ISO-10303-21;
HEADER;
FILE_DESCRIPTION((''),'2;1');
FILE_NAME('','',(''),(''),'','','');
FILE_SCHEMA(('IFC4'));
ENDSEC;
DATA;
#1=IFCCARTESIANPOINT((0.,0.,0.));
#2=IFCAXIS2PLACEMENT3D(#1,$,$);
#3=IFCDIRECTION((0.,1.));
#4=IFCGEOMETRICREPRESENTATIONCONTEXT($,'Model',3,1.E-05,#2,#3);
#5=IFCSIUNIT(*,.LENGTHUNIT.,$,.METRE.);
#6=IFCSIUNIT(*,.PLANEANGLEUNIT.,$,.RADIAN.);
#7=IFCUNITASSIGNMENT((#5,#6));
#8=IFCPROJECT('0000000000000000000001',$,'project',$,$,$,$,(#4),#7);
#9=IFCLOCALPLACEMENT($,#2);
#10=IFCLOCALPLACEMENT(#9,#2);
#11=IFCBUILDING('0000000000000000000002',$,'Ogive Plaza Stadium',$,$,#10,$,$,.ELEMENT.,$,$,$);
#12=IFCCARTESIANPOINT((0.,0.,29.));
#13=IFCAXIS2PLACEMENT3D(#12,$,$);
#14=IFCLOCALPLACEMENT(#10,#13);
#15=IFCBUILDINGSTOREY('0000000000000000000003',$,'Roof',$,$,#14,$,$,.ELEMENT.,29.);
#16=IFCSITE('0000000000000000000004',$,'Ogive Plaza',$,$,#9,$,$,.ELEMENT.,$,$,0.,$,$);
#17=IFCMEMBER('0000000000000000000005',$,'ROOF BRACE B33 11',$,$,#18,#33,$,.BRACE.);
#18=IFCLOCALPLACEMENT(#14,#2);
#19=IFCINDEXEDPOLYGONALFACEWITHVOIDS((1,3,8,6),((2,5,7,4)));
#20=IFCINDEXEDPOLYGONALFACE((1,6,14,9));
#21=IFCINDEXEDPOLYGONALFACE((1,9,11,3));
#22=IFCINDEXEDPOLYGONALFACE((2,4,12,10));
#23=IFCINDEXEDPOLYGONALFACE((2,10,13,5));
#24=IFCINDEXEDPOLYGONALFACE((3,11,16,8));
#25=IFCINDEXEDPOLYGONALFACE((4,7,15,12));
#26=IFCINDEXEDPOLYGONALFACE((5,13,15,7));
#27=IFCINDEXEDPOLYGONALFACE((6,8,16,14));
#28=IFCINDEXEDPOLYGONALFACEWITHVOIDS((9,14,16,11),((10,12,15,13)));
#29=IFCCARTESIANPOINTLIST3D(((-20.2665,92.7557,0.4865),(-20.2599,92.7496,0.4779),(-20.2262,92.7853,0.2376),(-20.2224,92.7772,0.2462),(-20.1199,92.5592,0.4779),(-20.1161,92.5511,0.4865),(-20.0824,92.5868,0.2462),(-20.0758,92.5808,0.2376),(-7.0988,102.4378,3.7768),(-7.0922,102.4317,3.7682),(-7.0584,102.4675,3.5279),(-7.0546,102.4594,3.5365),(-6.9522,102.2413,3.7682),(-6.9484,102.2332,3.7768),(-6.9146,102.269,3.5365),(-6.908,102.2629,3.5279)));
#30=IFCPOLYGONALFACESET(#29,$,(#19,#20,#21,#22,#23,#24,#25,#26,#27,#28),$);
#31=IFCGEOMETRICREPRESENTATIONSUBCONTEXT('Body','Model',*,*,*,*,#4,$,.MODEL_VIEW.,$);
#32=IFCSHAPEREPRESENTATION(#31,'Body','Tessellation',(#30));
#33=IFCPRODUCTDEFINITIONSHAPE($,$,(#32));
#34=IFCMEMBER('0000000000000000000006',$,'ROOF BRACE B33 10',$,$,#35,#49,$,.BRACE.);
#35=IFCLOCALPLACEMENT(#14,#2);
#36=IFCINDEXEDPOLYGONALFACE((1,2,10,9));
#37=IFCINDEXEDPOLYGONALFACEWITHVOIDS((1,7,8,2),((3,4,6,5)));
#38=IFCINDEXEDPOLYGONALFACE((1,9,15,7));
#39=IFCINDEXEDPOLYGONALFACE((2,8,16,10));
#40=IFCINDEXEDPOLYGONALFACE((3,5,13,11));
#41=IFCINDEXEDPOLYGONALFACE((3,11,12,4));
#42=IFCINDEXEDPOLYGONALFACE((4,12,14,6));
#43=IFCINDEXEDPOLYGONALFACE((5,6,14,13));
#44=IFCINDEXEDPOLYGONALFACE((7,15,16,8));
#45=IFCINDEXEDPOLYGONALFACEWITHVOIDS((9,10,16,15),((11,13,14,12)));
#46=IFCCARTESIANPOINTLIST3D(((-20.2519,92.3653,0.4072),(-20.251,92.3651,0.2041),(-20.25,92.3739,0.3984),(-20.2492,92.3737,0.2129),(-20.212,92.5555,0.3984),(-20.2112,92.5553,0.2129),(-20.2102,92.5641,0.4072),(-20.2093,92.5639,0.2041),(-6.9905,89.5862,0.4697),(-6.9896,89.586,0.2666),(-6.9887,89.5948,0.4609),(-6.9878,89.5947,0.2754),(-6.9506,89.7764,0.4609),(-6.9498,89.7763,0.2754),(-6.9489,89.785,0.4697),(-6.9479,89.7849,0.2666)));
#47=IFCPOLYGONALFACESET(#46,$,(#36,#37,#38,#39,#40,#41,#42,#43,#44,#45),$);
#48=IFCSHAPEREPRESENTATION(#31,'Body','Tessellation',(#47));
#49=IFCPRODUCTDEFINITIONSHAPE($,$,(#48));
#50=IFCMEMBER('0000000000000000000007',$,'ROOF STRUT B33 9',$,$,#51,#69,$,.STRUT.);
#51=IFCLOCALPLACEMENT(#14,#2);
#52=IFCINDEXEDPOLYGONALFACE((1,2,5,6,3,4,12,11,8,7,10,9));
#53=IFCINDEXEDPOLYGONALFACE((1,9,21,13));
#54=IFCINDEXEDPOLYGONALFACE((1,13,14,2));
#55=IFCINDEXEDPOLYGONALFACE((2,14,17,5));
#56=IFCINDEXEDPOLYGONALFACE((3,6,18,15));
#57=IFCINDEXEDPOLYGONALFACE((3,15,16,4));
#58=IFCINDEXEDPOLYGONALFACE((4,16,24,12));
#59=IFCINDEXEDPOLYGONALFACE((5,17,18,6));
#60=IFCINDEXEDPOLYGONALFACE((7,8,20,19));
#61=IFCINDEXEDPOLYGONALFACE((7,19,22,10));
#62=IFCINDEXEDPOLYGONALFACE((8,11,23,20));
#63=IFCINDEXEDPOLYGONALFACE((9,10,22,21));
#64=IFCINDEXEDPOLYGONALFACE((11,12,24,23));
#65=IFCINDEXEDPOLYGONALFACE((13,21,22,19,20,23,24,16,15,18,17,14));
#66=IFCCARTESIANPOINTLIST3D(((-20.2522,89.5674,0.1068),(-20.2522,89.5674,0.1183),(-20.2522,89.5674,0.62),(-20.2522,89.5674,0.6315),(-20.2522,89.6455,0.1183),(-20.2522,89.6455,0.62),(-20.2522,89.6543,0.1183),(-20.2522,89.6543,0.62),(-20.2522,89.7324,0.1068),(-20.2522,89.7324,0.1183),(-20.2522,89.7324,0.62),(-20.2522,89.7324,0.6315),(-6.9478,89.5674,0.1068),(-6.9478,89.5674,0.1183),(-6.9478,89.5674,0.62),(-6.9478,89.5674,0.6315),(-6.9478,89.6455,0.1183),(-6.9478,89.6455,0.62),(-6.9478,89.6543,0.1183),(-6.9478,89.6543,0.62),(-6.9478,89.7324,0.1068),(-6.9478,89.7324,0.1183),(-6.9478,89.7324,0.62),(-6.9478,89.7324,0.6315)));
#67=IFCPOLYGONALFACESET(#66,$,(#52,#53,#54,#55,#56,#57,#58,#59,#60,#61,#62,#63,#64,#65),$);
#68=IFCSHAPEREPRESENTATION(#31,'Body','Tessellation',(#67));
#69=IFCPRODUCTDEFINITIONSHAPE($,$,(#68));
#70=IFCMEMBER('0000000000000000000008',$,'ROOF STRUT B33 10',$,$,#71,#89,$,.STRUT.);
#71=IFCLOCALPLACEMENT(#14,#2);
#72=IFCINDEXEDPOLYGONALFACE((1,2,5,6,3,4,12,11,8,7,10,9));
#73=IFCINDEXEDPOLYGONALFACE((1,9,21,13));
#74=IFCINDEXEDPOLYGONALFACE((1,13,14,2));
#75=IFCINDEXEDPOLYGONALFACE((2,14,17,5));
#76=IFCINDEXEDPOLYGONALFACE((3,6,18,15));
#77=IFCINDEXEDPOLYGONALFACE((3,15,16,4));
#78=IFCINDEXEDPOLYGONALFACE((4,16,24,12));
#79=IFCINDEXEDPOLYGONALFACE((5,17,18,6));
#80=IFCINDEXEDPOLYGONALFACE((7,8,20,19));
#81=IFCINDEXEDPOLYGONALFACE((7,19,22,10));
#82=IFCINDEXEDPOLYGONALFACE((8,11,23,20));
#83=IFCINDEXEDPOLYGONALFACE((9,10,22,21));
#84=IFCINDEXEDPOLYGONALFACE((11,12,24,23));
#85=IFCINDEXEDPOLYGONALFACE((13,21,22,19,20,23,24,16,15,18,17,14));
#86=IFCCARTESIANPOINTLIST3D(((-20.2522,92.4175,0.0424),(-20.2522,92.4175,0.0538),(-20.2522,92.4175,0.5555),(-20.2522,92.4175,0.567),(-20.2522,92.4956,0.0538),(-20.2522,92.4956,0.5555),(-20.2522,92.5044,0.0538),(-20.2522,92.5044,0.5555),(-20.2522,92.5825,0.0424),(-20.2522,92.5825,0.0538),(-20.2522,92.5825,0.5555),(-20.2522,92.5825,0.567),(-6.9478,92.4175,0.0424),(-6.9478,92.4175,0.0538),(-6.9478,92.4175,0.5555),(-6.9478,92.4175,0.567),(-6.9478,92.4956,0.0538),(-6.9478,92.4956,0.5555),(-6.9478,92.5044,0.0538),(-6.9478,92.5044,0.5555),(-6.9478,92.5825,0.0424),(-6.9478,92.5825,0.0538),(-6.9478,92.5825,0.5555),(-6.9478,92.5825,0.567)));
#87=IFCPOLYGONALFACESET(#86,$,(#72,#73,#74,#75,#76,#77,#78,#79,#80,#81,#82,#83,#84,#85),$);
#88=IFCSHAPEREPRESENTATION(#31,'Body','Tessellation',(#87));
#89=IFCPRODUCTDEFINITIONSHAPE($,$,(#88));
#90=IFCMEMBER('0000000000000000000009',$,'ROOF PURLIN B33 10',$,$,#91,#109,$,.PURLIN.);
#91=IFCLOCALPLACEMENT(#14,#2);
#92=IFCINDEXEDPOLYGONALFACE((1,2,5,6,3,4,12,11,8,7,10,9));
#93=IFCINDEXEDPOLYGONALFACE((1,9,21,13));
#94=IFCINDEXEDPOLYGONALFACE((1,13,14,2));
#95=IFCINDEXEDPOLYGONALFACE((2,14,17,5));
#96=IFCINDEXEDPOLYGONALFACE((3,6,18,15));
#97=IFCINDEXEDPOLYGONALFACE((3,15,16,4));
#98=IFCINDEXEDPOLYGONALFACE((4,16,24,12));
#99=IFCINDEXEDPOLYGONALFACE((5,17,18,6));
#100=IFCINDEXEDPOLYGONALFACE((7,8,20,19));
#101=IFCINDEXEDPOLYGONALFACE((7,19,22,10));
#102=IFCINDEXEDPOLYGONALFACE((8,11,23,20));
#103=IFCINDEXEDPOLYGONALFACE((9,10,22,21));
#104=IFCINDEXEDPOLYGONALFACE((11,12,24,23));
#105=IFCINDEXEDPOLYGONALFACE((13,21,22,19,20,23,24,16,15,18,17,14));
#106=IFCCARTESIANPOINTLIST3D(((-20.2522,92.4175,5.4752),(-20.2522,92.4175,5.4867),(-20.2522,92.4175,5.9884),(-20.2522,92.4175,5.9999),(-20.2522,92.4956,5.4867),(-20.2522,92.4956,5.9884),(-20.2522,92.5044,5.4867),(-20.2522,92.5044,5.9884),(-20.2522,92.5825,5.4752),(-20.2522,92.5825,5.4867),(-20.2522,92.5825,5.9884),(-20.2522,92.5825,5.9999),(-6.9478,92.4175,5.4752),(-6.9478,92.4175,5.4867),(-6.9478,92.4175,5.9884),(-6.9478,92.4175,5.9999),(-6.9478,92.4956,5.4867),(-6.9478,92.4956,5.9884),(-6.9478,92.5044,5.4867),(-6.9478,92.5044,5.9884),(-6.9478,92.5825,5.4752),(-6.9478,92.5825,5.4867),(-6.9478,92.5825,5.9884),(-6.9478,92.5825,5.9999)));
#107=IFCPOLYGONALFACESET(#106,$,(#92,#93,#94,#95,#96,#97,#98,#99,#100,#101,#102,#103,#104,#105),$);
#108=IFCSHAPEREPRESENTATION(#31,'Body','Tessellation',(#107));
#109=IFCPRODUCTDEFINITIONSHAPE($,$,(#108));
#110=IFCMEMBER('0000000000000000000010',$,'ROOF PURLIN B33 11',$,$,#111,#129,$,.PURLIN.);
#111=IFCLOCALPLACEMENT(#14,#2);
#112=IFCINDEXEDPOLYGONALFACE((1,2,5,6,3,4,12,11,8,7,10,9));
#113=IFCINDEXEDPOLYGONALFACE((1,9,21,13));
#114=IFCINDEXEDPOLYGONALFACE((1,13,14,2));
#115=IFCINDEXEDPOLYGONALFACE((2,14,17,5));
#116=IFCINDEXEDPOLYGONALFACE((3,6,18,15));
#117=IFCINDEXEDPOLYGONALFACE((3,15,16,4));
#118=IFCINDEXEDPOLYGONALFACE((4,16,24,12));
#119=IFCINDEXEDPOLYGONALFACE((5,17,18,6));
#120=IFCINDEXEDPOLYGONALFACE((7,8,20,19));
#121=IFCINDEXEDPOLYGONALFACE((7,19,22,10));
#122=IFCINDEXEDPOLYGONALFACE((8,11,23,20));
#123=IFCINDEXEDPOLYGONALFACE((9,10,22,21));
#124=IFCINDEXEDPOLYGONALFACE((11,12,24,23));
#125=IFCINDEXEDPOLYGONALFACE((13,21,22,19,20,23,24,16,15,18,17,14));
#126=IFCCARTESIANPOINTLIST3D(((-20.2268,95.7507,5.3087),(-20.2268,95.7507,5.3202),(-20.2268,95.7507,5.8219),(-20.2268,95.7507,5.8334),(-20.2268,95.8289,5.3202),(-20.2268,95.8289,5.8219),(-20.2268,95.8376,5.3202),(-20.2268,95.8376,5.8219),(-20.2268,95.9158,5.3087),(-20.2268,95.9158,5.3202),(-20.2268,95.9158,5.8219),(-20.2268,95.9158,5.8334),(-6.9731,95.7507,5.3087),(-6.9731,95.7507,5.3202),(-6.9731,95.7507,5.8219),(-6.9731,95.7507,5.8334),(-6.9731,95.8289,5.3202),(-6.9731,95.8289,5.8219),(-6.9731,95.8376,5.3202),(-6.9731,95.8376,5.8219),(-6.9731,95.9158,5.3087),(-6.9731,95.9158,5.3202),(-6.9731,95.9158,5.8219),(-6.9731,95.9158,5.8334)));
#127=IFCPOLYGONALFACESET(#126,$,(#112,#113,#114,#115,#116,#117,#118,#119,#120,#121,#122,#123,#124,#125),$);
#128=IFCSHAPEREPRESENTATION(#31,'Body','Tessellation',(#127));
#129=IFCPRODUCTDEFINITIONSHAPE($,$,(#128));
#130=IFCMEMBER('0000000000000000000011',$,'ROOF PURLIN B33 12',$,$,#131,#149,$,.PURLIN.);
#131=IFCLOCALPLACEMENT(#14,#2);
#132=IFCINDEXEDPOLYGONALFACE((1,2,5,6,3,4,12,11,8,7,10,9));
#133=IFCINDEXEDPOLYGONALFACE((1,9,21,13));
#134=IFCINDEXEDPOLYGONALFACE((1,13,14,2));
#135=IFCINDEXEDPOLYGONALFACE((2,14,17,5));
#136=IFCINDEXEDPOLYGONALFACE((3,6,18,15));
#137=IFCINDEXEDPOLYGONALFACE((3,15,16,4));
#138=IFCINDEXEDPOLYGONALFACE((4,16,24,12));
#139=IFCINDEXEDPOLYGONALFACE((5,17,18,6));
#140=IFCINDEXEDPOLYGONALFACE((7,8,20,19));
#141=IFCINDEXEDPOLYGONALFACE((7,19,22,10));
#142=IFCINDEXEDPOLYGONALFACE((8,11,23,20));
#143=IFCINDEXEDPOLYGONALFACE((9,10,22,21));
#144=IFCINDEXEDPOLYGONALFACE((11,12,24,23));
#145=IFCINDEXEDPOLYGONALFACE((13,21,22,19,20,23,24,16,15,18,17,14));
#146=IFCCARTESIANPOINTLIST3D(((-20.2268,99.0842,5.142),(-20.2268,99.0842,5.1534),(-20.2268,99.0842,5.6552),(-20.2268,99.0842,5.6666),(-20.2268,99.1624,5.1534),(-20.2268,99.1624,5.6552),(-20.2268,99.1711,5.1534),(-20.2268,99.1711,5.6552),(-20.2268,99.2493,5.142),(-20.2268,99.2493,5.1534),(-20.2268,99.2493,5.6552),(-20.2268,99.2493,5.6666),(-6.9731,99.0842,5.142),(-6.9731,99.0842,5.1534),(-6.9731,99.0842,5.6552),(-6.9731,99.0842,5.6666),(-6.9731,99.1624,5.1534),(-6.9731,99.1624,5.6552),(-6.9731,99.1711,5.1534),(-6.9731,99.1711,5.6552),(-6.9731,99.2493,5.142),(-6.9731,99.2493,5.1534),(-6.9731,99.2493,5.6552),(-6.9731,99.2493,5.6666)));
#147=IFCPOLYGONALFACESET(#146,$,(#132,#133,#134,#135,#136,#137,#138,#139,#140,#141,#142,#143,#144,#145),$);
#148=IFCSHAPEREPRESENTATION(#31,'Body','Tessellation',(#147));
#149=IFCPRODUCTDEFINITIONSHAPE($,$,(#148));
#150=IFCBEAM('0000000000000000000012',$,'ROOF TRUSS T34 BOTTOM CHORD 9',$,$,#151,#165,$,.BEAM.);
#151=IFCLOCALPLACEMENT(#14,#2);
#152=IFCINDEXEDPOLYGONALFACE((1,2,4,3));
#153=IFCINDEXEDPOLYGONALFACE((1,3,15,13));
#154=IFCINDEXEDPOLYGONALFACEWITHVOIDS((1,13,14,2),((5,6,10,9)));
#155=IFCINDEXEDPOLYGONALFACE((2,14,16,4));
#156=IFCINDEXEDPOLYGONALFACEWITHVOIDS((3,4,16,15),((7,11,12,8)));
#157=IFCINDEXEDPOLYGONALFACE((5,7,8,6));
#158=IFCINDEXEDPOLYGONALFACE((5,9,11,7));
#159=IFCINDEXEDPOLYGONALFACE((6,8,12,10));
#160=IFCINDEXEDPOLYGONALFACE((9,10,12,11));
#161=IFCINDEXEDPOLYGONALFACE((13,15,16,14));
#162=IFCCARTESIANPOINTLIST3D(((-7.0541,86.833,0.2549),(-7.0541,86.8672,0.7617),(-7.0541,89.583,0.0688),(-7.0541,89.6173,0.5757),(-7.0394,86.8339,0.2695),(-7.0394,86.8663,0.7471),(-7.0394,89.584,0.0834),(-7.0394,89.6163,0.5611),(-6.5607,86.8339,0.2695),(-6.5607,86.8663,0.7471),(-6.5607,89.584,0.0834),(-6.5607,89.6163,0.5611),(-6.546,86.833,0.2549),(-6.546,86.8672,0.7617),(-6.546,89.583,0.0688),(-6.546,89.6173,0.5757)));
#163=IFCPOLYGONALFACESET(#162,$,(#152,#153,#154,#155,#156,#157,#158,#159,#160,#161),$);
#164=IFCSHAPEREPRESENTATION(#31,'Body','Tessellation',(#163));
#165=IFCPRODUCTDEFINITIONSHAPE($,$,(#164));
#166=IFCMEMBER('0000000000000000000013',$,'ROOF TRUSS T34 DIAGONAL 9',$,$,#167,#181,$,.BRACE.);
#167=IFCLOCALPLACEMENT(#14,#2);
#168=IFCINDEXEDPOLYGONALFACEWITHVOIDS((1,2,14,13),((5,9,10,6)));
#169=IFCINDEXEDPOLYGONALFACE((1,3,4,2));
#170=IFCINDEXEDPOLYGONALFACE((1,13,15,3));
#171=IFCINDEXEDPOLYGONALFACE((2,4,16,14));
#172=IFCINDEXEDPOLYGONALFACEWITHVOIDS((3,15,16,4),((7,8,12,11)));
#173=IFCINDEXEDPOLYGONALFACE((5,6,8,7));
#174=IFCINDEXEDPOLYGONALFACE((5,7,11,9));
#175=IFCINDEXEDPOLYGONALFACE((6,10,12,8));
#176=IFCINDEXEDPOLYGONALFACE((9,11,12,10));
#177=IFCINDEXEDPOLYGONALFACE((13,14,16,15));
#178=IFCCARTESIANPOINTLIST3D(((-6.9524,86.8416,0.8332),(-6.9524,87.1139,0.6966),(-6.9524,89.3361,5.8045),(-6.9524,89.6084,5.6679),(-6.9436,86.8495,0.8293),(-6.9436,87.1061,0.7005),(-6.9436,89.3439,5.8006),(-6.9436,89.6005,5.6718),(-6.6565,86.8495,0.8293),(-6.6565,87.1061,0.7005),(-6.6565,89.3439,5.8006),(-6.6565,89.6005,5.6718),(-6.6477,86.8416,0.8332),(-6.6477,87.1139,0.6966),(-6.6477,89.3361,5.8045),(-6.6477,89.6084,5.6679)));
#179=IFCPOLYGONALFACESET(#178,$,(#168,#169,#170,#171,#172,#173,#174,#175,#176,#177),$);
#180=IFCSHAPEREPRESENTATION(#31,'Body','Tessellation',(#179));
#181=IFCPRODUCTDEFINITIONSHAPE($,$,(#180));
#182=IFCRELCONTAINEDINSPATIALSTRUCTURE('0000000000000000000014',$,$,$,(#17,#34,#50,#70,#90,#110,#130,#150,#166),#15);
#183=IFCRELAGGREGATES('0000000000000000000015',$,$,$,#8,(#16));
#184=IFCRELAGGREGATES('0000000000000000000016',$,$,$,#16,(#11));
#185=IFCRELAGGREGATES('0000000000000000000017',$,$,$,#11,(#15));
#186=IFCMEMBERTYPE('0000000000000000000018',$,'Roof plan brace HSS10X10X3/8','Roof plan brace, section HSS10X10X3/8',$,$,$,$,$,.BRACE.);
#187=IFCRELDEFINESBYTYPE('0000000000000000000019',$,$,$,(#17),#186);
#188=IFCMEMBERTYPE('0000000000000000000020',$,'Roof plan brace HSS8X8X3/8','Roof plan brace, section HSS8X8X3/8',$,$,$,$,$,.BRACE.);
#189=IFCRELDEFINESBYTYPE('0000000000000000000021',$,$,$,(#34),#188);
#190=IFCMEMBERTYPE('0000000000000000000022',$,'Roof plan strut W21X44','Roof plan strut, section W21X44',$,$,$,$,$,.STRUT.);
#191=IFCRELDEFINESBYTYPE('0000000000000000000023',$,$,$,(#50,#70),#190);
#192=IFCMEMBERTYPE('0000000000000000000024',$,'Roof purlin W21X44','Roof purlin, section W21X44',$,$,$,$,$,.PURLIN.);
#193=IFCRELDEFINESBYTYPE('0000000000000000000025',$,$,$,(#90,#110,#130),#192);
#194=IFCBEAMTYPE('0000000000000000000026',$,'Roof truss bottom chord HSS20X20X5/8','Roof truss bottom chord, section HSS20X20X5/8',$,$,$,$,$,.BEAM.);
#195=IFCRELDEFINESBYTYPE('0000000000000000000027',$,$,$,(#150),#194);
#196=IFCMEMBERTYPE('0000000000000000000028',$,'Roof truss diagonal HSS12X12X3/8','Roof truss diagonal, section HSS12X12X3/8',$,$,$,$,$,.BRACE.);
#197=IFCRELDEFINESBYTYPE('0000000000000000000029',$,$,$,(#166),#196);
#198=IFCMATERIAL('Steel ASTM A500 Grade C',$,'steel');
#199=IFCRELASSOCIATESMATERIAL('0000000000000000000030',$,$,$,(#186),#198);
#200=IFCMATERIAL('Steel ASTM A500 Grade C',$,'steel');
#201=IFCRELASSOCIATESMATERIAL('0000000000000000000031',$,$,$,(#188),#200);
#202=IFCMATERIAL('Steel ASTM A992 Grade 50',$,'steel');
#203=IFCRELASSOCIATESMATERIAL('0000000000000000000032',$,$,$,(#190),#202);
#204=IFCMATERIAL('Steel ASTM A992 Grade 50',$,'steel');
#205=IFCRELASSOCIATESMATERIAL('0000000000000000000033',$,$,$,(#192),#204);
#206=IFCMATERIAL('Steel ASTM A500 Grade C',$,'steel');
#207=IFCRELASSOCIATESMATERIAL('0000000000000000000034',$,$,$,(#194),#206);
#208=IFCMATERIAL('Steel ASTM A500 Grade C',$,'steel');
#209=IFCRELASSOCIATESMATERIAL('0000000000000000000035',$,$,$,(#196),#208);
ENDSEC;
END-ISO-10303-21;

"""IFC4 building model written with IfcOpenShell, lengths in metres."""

from ifc_helpers import new_model, si_unit, direction, frame, origin, origin_2d, place, context, subcontext, project, spatial, hollow_rectangle, i_section, extrude, material, material_profile, profile_set, type_object, element, save


model = new_model("IFC4")

# Units and contexts
model_context = context("Model", 3, precision=1e-05, world=origin(), true_north=direction((0.0, 1.0)))
body_context = subcontext(model_context, "Body", "Model", "MODEL_VIEW")
ifc_project = project(units=[si_unit("LENGTHUNIT", "METRE"), si_unit("PLANEANGLEUNIT", "RADIAN")], contexts=[model_context])

# Site, building, storey
site_placement = place(None, origin())
site = spatial("IfcSite", under=ifc_project, at=site_placement, Name="Ogive Plaza", CompositionType="ELEMENT", RefElevation=0.0)
building_placement = place(site_placement, origin())
building = spatial("IfcBuilding", under=site, at=building_placement, Name="Ogive Plaza Stadium", CompositionType="ELEMENT")
storey_placement = place(building_placement, frame((0.0, 0.0, 29.0)))
storey = spatial("IfcBuildingStorey", under=building, at=storey_placement, Name="Roof", CompositionType="ELEMENT", Elevation=29.0)

# Members
ifc_material_1 = material(Name="Steel ASTM A500 Grade C", Category="steel")
ifc_material_profile_1 = material_profile(ifc_material_1, hollow_rectangle(XDim=0.2539, YDim=0.2539, WallThickness=0.0088, at=origin_2d()), Name="HSS10X10X3/8")
ifc_profile_set_1 = profile_set([ifc_material_profile_1], Name="Steel ASTM A500 Grade C")
member_type_1 = type_object("IfcMemberType", Name="Roof plan brace HSS10X10X3/8", Description="Roof plan brace, section HSS10X10X3/8", PredefinedType="BRACE", material=ifc_profile_set_1)
member_1_placement = place(storey_placement, frame((-20.1711, 92.6682, 0.3621), z_axis=(0.789807, 0.580739, 0.197353), x_axis=(-0.59239, 0.805652, 0.0)))
element("IfcMember", 1, at=member_1_placement, inside=storey, type_object=member_type_1, Name="ROOF BRACE B33 11", PredefinedType="BRACE", context=body_context, shape_type="SweptSolid", body=[
    extrude(hollow_rectangle(XDim=0.2539, YDim=0.2539, WallThickness=0.0088, at=origin_2d()), origin(), (0.0, 0.0, 1.0), 16.6721),
])
ifc_material_2 = material(Name="Steel ASTM A500 Grade C", Category="steel")
ifc_material_profile_2 = material_profile(ifc_material_2, hollow_rectangle(XDim=0.2031, YDim=0.2031, WallThickness=0.0088, at=origin_2d()), Name="HSS8X8X3/8")
ifc_profile_set_2 = profile_set([ifc_material_profile_2], Name="Steel ASTM A500 Grade C")
member_type_2 = type_object("IfcMemberType", Name="Roof plan brace HSS8X8X3/8", Description="Roof plan brace, section HSS8X8X3/8", PredefinedType="BRACE", material=ifc_profile_set_2)
member_2_placement = place(storey_placement, frame((-6.9692, 89.6855, 0.3682), z_axis=(-0.97873, 0.205101, -0.004613), x_axis=(-0.205103, -0.97874, 0.0)))
element("IfcMember", 2, at=member_2_placement, inside=storey, type_object=member_type_2, Name="ROOF BRACE B33 10", PredefinedType="BRACE", context=body_context, shape_type="SweptSolid", body=[
    extrude(hollow_rectangle(XDim=0.2031, YDim=0.2031, WallThickness=0.0088, at=origin_2d()), origin(), (0.0, 0.0, 1.0), 13.5496),
])
ifc_material_3 = material(Name="Steel ASTM A992 Grade 50", Category="steel")
ifc_material_profile_3 = material_profile(ifc_material_3, i_section(OverallWidth=0.165, OverallDepth=0.5247, WebThickness=0.0088, FlangeThickness=0.0115, at=origin_2d()), Name="W21X44")
ifc_profile_set_3 = profile_set([ifc_material_profile_3], Name="Steel ASTM A992 Grade 50")
member_type_3 = type_object("IfcMemberType", Name="Roof plan strut W21X44", Description="Roof plan strut, section W21X44", PredefinedType="STRUT", material=ifc_profile_set_3)
for number, where, z_axis, x_axis, name in (
    (3, (-20.2522, 89.6499, 0.3691), (1.0, 0.0, 0.0), (0.0, 1.0, 0.0), "ROOF STRUT B33 9"),
    (4, (-20.2522, 92.5, 0.3047), (1.0, 0.0, 0.0), (0.0, 1.0, 0.0), "ROOF STRUT B33 10"),
):
    element("IfcMember", number, at=place(storey_placement, frame(where, z_axis=z_axis, x_axis=x_axis)), inside=storey, type_object=member_type_3, Name=name, PredefinedType="STRUT", context=body_context, shape_type="SweptSolid", body=[
        extrude(i_section(OverallWidth=0.165, OverallDepth=0.5247, WebThickness=0.0088, FlangeThickness=0.0115, at=origin_2d()), origin(), (0.0, 0.0, 1.0), 13.3044),
    ])
ifc_material_4 = material(Name="Steel ASTM A992 Grade 50", Category="steel")
ifc_material_profile_4 = material_profile(ifc_material_4, i_section(OverallWidth=0.165, OverallDepth=0.5247, WebThickness=0.0088, FlangeThickness=0.0115, at=origin_2d()), Name="W21X44")
ifc_profile_set_4 = profile_set([ifc_material_profile_4], Name="Steel ASTM A992 Grade 50")
member_type_4 = type_object("IfcMemberType", Name="Roof purlin W21X44", Description="Roof purlin, section W21X44", PredefinedType="PURLIN", material=ifc_profile_set_4)
member_3_placement = place(storey_placement, frame((-20.2522, 92.5, 5.7375), z_axis=(1.0, 0.0, 0.0), x_axis=(0.0, 1.0, 0.0)))
element("IfcMember", 5, at=member_3_placement, inside=storey, type_object=member_type_4, Name="ROOF PURLIN B33 10", PredefinedType="PURLIN", context=body_context, shape_type="SweptSolid", body=[
    extrude(i_section(OverallWidth=0.165, OverallDepth=0.5247, WebThickness=0.0088, FlangeThickness=0.0115, at=origin_2d()), origin(), (0.0, 0.0, 1.0), 13.3044),
])
for number, where, z_axis, x_axis, name in (
    (6, (-20.2268, 95.8333, 5.571), (1.0, 0.0, 0.0), (0.0, 1.0, 0.0), "ROOF PURLIN B33 11"),
    (7, (-20.2268, 99.1667, 5.4043), (1.0, 0.0, 0.0), (0.0, 1.0, 0.0), "ROOF PURLIN B33 12"),
):
    element("IfcMember", number, at=place(storey_placement, frame(where, z_axis=z_axis, x_axis=x_axis)), inside=storey, type_object=member_type_4, Name=name, PredefinedType="PURLIN", context=body_context, shape_type="SweptSolid", body=[
        extrude(i_section(OverallWidth=0.165, OverallDepth=0.5247, WebThickness=0.0088, FlangeThickness=0.0115, at=origin_2d()), origin(), (0.0, 0.0, 1.0), 13.2537),
    ])

# Beam
ifc_material_5 = material(Name="Steel ASTM A500 Grade C", Category="steel")
ifc_material_profile_5 = material_profile(ifc_material_5, hollow_rectangle(XDim=0.5081, YDim=0.5081, WallThickness=0.0146, at=origin_2d()), Name="HSS20X20X5/8")
ifc_profile_set_5 = profile_set([ifc_material_profile_5], Name="Steel ASTM A500 Grade C")
beam_type = type_object("IfcBeamType", Name="Roof truss bottom chord HSS20X20X5/8", Description="Roof truss bottom chord, section HSS20X20X5/8", PredefinedType="BEAM", material=ifc_profile_set_5)
beam_placement = place(storey_placement, frame((-6.8, 86.8501, 0.5083), z_axis=(0.0, 0.99772, -0.067495), x_axis=(-1.0, 0.0, 0.0)))
element("IfcBeam", 8, at=beam_placement, inside=storey, type_object=beam_type, Name="ROOF TRUSS T34 BOTTOM CHORD 9", PredefinedType="BEAM", context=body_context, shape_type="SweptSolid", body=[
    extrude(hollow_rectangle(XDim=0.5081, YDim=0.5081, WallThickness=0.0146, at=origin_2d()), origin(), (0.0, 0.0, 1.0), 2.7563),
])

# Member
ifc_material_6 = material(Name="Steel ASTM A500 Grade C", Category="steel")
ifc_material_profile_6 = material_profile(ifc_material_6, hollow_rectangle(XDim=0.3047, YDim=0.3047, WallThickness=0.0088, at=origin_2d()), Name="HSS12X12X3/8")
ifc_profile_set_6 = profile_set([ifc_material_profile_6], Name="Steel ASTM A500 Grade C")
member_type_5 = type_object("IfcMemberType", Name="Roof truss diagonal HSS12X12X3/8", Description="Roof truss diagonal, section HSS12X12X3/8", PredefinedType="BRACE", material=ifc_profile_set_6)
member_4_placement = place(storey_placement, frame((-6.8, 86.9778, 0.7649), z_axis=(0.0, 0.448477, 0.893794), x_axis=(-1.0, 0.0, 0.0)))
element("IfcMember", 9, at=member_4_placement, inside=storey, type_object=member_type_5, Name="ROOF TRUSS T34 DIAGONAL 9", PredefinedType="BRACE", context=body_context, shape_type="SweptSolid", body=[
    extrude(hollow_rectangle(XDim=0.3047, YDim=0.3047, WallThickness=0.0088, at=origin_2d()), origin(), (0.0, 0.0, 1.0), 5.562),
])

save(model, "model.ifc")
